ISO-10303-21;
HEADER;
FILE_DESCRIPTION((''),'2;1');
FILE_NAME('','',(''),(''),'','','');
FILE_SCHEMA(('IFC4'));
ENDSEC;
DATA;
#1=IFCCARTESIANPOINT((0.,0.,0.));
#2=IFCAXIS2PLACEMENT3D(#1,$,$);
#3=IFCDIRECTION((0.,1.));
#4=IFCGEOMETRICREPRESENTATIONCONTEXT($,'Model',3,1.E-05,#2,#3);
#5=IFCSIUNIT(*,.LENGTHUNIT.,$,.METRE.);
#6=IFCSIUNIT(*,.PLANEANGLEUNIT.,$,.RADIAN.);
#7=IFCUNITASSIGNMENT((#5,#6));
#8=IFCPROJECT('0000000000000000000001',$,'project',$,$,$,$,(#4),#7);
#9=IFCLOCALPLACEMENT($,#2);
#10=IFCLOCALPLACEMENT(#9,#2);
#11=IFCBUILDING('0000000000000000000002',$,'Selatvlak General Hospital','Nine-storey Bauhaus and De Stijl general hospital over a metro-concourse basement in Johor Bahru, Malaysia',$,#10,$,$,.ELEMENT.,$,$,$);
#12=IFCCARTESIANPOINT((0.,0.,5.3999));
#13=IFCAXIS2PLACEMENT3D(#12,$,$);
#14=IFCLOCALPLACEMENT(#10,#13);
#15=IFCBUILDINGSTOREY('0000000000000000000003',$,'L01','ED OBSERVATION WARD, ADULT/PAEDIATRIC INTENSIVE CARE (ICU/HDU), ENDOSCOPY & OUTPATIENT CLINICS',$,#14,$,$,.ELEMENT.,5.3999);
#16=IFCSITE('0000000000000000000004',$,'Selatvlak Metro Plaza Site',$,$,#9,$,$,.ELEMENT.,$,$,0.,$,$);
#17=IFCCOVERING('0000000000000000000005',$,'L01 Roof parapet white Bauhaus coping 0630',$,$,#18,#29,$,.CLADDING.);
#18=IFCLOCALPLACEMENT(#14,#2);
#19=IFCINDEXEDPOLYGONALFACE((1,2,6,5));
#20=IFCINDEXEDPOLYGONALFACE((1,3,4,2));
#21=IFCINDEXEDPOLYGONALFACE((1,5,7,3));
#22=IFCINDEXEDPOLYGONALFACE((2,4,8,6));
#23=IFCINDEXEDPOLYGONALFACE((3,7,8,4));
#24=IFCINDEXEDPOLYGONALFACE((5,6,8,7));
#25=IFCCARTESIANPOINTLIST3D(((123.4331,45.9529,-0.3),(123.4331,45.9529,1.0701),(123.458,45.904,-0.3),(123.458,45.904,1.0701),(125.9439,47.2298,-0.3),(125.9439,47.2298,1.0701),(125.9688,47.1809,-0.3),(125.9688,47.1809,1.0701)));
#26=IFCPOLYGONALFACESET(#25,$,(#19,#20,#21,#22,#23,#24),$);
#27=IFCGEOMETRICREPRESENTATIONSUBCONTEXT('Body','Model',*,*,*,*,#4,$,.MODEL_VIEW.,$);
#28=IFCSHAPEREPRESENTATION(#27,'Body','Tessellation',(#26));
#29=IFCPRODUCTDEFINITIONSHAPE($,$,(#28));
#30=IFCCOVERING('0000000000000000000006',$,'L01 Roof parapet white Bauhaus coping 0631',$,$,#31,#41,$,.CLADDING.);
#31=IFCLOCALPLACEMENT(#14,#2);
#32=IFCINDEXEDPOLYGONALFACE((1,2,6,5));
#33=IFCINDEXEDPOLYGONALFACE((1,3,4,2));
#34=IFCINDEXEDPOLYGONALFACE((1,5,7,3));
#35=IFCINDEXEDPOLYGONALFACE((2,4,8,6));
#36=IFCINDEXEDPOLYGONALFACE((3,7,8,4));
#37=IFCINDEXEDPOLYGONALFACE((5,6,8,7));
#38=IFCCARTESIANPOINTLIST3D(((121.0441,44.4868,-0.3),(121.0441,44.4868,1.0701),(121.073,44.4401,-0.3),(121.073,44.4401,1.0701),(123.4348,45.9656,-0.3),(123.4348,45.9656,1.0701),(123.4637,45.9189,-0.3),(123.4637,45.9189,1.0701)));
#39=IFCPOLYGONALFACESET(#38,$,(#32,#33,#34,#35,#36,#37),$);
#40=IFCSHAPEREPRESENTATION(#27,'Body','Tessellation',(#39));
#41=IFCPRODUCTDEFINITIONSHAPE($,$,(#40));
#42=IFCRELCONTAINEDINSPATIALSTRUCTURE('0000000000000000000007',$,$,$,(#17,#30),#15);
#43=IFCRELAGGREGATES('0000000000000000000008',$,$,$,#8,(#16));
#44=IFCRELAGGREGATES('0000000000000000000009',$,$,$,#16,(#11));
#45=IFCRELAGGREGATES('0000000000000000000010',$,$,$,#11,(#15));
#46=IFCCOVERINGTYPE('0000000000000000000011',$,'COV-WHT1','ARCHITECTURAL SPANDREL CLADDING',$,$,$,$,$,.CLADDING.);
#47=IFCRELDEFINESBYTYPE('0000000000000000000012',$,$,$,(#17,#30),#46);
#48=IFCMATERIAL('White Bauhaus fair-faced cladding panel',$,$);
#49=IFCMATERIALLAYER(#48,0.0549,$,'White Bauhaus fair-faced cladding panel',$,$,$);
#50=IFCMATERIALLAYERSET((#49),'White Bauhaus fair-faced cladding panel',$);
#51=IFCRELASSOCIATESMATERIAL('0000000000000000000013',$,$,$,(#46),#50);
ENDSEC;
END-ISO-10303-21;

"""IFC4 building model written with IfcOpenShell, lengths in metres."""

from ifc_helpers import new_model, si_unit, direction, frame, origin, origin_2d, place, context, subcontext, project, spatial, rectangle, extrude, material, layer, layer_set, type_object, element, save


model = new_model("IFC4")

# Units and contexts
model_context = context("Model", 3, precision=1e-05, world=origin(), true_north=direction((0.0, 1.0)))
body_context = subcontext(model_context, "Body", "Model", "MODEL_VIEW")
ifc_project = project(units=[si_unit("LENGTHUNIT", "METRE"), si_unit("PLANEANGLEUNIT", "RADIAN")], contexts=[model_context])

# Site, building, storey
site_placement = place(None, origin())
site = spatial("IfcSite", under=ifc_project, at=site_placement, Name="Selatvlak Metro Plaza Site", CompositionType="ELEMENT", RefElevation=0.0)
building_placement = place(site_placement, origin())
building = spatial("IfcBuilding", under=site, at=building_placement, Name="Selatvlak General Hospital", Description="Nine-storey Bauhaus and De Stijl general hospital over a metro-concourse basement in Johor Bahru, Malaysia", CompositionType="ELEMENT")
storey_placement = place(building_placement, frame((0.0, 0.0, 5.3999)))
storey = spatial("IfcBuildingStorey", under=building, at=storey_placement, Name="L01", Description="ED OBSERVATION WARD, ADULT/PAEDIATRIC INTENSIVE CARE (ICU/HDU), ENDOSCOPY & OUTPATIENT CLINICS", CompositionType="ELEMENT", Elevation=5.3999)

# Coverings
ifc_material_1 = material(Name="White Bauhaus fair-faced cladding panel")
ifc_layer_1 = layer(ifc_material_1, 0.0549, Name="White Bauhaus fair-faced cladding panel")
ifc_layer_set_1 = layer_set([ifc_layer_1], Name="White Bauhaus fair-faced cladding panel")
covering_type_1 = type_object("IfcCoveringType", Name="COV-WHT1", Description="ARCHITECTURAL SPANDREL CLADDING", PredefinedType="CLADDING", material=ifc_layer_set_1)
covering_1_placement = place(storey_placement, frame((124.7009, 46.5669, -0.3), z_axis=(0.0, 0.0, 1.0), x_axis=(-0.891355, -0.453306, 0.0)))
element("IfcCovering", 1, at=covering_1_placement, inside=storey, type_object=covering_type_1, Name="L01 Roof parapet white Bauhaus coping 0630", PredefinedType="CLADDING", context=body_context, shape_type="SweptSolid", body=[
    extrude(rectangle(XDim=2.8169, YDim=0.0549, at=origin_2d()), origin(), (0.0, 0.0, 1.0), 1.3701),
])
covering_2_placement = place(storey_placement, frame((122.2539, 45.2029, -0.3), z_axis=(0.0, 0.0, 1.0), x_axis=(-0.850444, -0.526066, 0.0)))
element("IfcCovering", 2, at=covering_2_placement, inside=storey, type_object=covering_type_1, Name="L01 Roof parapet white Bauhaus coping 0631", PredefinedType="CLADDING", context=body_context, shape_type="SweptSolid", body=[
    extrude(rectangle(XDim=2.811, YDim=0.0549, at=origin_2d()), origin(), (0.0, 0.0, 1.0), 1.3701),
])

save(model, "model.ifc")
